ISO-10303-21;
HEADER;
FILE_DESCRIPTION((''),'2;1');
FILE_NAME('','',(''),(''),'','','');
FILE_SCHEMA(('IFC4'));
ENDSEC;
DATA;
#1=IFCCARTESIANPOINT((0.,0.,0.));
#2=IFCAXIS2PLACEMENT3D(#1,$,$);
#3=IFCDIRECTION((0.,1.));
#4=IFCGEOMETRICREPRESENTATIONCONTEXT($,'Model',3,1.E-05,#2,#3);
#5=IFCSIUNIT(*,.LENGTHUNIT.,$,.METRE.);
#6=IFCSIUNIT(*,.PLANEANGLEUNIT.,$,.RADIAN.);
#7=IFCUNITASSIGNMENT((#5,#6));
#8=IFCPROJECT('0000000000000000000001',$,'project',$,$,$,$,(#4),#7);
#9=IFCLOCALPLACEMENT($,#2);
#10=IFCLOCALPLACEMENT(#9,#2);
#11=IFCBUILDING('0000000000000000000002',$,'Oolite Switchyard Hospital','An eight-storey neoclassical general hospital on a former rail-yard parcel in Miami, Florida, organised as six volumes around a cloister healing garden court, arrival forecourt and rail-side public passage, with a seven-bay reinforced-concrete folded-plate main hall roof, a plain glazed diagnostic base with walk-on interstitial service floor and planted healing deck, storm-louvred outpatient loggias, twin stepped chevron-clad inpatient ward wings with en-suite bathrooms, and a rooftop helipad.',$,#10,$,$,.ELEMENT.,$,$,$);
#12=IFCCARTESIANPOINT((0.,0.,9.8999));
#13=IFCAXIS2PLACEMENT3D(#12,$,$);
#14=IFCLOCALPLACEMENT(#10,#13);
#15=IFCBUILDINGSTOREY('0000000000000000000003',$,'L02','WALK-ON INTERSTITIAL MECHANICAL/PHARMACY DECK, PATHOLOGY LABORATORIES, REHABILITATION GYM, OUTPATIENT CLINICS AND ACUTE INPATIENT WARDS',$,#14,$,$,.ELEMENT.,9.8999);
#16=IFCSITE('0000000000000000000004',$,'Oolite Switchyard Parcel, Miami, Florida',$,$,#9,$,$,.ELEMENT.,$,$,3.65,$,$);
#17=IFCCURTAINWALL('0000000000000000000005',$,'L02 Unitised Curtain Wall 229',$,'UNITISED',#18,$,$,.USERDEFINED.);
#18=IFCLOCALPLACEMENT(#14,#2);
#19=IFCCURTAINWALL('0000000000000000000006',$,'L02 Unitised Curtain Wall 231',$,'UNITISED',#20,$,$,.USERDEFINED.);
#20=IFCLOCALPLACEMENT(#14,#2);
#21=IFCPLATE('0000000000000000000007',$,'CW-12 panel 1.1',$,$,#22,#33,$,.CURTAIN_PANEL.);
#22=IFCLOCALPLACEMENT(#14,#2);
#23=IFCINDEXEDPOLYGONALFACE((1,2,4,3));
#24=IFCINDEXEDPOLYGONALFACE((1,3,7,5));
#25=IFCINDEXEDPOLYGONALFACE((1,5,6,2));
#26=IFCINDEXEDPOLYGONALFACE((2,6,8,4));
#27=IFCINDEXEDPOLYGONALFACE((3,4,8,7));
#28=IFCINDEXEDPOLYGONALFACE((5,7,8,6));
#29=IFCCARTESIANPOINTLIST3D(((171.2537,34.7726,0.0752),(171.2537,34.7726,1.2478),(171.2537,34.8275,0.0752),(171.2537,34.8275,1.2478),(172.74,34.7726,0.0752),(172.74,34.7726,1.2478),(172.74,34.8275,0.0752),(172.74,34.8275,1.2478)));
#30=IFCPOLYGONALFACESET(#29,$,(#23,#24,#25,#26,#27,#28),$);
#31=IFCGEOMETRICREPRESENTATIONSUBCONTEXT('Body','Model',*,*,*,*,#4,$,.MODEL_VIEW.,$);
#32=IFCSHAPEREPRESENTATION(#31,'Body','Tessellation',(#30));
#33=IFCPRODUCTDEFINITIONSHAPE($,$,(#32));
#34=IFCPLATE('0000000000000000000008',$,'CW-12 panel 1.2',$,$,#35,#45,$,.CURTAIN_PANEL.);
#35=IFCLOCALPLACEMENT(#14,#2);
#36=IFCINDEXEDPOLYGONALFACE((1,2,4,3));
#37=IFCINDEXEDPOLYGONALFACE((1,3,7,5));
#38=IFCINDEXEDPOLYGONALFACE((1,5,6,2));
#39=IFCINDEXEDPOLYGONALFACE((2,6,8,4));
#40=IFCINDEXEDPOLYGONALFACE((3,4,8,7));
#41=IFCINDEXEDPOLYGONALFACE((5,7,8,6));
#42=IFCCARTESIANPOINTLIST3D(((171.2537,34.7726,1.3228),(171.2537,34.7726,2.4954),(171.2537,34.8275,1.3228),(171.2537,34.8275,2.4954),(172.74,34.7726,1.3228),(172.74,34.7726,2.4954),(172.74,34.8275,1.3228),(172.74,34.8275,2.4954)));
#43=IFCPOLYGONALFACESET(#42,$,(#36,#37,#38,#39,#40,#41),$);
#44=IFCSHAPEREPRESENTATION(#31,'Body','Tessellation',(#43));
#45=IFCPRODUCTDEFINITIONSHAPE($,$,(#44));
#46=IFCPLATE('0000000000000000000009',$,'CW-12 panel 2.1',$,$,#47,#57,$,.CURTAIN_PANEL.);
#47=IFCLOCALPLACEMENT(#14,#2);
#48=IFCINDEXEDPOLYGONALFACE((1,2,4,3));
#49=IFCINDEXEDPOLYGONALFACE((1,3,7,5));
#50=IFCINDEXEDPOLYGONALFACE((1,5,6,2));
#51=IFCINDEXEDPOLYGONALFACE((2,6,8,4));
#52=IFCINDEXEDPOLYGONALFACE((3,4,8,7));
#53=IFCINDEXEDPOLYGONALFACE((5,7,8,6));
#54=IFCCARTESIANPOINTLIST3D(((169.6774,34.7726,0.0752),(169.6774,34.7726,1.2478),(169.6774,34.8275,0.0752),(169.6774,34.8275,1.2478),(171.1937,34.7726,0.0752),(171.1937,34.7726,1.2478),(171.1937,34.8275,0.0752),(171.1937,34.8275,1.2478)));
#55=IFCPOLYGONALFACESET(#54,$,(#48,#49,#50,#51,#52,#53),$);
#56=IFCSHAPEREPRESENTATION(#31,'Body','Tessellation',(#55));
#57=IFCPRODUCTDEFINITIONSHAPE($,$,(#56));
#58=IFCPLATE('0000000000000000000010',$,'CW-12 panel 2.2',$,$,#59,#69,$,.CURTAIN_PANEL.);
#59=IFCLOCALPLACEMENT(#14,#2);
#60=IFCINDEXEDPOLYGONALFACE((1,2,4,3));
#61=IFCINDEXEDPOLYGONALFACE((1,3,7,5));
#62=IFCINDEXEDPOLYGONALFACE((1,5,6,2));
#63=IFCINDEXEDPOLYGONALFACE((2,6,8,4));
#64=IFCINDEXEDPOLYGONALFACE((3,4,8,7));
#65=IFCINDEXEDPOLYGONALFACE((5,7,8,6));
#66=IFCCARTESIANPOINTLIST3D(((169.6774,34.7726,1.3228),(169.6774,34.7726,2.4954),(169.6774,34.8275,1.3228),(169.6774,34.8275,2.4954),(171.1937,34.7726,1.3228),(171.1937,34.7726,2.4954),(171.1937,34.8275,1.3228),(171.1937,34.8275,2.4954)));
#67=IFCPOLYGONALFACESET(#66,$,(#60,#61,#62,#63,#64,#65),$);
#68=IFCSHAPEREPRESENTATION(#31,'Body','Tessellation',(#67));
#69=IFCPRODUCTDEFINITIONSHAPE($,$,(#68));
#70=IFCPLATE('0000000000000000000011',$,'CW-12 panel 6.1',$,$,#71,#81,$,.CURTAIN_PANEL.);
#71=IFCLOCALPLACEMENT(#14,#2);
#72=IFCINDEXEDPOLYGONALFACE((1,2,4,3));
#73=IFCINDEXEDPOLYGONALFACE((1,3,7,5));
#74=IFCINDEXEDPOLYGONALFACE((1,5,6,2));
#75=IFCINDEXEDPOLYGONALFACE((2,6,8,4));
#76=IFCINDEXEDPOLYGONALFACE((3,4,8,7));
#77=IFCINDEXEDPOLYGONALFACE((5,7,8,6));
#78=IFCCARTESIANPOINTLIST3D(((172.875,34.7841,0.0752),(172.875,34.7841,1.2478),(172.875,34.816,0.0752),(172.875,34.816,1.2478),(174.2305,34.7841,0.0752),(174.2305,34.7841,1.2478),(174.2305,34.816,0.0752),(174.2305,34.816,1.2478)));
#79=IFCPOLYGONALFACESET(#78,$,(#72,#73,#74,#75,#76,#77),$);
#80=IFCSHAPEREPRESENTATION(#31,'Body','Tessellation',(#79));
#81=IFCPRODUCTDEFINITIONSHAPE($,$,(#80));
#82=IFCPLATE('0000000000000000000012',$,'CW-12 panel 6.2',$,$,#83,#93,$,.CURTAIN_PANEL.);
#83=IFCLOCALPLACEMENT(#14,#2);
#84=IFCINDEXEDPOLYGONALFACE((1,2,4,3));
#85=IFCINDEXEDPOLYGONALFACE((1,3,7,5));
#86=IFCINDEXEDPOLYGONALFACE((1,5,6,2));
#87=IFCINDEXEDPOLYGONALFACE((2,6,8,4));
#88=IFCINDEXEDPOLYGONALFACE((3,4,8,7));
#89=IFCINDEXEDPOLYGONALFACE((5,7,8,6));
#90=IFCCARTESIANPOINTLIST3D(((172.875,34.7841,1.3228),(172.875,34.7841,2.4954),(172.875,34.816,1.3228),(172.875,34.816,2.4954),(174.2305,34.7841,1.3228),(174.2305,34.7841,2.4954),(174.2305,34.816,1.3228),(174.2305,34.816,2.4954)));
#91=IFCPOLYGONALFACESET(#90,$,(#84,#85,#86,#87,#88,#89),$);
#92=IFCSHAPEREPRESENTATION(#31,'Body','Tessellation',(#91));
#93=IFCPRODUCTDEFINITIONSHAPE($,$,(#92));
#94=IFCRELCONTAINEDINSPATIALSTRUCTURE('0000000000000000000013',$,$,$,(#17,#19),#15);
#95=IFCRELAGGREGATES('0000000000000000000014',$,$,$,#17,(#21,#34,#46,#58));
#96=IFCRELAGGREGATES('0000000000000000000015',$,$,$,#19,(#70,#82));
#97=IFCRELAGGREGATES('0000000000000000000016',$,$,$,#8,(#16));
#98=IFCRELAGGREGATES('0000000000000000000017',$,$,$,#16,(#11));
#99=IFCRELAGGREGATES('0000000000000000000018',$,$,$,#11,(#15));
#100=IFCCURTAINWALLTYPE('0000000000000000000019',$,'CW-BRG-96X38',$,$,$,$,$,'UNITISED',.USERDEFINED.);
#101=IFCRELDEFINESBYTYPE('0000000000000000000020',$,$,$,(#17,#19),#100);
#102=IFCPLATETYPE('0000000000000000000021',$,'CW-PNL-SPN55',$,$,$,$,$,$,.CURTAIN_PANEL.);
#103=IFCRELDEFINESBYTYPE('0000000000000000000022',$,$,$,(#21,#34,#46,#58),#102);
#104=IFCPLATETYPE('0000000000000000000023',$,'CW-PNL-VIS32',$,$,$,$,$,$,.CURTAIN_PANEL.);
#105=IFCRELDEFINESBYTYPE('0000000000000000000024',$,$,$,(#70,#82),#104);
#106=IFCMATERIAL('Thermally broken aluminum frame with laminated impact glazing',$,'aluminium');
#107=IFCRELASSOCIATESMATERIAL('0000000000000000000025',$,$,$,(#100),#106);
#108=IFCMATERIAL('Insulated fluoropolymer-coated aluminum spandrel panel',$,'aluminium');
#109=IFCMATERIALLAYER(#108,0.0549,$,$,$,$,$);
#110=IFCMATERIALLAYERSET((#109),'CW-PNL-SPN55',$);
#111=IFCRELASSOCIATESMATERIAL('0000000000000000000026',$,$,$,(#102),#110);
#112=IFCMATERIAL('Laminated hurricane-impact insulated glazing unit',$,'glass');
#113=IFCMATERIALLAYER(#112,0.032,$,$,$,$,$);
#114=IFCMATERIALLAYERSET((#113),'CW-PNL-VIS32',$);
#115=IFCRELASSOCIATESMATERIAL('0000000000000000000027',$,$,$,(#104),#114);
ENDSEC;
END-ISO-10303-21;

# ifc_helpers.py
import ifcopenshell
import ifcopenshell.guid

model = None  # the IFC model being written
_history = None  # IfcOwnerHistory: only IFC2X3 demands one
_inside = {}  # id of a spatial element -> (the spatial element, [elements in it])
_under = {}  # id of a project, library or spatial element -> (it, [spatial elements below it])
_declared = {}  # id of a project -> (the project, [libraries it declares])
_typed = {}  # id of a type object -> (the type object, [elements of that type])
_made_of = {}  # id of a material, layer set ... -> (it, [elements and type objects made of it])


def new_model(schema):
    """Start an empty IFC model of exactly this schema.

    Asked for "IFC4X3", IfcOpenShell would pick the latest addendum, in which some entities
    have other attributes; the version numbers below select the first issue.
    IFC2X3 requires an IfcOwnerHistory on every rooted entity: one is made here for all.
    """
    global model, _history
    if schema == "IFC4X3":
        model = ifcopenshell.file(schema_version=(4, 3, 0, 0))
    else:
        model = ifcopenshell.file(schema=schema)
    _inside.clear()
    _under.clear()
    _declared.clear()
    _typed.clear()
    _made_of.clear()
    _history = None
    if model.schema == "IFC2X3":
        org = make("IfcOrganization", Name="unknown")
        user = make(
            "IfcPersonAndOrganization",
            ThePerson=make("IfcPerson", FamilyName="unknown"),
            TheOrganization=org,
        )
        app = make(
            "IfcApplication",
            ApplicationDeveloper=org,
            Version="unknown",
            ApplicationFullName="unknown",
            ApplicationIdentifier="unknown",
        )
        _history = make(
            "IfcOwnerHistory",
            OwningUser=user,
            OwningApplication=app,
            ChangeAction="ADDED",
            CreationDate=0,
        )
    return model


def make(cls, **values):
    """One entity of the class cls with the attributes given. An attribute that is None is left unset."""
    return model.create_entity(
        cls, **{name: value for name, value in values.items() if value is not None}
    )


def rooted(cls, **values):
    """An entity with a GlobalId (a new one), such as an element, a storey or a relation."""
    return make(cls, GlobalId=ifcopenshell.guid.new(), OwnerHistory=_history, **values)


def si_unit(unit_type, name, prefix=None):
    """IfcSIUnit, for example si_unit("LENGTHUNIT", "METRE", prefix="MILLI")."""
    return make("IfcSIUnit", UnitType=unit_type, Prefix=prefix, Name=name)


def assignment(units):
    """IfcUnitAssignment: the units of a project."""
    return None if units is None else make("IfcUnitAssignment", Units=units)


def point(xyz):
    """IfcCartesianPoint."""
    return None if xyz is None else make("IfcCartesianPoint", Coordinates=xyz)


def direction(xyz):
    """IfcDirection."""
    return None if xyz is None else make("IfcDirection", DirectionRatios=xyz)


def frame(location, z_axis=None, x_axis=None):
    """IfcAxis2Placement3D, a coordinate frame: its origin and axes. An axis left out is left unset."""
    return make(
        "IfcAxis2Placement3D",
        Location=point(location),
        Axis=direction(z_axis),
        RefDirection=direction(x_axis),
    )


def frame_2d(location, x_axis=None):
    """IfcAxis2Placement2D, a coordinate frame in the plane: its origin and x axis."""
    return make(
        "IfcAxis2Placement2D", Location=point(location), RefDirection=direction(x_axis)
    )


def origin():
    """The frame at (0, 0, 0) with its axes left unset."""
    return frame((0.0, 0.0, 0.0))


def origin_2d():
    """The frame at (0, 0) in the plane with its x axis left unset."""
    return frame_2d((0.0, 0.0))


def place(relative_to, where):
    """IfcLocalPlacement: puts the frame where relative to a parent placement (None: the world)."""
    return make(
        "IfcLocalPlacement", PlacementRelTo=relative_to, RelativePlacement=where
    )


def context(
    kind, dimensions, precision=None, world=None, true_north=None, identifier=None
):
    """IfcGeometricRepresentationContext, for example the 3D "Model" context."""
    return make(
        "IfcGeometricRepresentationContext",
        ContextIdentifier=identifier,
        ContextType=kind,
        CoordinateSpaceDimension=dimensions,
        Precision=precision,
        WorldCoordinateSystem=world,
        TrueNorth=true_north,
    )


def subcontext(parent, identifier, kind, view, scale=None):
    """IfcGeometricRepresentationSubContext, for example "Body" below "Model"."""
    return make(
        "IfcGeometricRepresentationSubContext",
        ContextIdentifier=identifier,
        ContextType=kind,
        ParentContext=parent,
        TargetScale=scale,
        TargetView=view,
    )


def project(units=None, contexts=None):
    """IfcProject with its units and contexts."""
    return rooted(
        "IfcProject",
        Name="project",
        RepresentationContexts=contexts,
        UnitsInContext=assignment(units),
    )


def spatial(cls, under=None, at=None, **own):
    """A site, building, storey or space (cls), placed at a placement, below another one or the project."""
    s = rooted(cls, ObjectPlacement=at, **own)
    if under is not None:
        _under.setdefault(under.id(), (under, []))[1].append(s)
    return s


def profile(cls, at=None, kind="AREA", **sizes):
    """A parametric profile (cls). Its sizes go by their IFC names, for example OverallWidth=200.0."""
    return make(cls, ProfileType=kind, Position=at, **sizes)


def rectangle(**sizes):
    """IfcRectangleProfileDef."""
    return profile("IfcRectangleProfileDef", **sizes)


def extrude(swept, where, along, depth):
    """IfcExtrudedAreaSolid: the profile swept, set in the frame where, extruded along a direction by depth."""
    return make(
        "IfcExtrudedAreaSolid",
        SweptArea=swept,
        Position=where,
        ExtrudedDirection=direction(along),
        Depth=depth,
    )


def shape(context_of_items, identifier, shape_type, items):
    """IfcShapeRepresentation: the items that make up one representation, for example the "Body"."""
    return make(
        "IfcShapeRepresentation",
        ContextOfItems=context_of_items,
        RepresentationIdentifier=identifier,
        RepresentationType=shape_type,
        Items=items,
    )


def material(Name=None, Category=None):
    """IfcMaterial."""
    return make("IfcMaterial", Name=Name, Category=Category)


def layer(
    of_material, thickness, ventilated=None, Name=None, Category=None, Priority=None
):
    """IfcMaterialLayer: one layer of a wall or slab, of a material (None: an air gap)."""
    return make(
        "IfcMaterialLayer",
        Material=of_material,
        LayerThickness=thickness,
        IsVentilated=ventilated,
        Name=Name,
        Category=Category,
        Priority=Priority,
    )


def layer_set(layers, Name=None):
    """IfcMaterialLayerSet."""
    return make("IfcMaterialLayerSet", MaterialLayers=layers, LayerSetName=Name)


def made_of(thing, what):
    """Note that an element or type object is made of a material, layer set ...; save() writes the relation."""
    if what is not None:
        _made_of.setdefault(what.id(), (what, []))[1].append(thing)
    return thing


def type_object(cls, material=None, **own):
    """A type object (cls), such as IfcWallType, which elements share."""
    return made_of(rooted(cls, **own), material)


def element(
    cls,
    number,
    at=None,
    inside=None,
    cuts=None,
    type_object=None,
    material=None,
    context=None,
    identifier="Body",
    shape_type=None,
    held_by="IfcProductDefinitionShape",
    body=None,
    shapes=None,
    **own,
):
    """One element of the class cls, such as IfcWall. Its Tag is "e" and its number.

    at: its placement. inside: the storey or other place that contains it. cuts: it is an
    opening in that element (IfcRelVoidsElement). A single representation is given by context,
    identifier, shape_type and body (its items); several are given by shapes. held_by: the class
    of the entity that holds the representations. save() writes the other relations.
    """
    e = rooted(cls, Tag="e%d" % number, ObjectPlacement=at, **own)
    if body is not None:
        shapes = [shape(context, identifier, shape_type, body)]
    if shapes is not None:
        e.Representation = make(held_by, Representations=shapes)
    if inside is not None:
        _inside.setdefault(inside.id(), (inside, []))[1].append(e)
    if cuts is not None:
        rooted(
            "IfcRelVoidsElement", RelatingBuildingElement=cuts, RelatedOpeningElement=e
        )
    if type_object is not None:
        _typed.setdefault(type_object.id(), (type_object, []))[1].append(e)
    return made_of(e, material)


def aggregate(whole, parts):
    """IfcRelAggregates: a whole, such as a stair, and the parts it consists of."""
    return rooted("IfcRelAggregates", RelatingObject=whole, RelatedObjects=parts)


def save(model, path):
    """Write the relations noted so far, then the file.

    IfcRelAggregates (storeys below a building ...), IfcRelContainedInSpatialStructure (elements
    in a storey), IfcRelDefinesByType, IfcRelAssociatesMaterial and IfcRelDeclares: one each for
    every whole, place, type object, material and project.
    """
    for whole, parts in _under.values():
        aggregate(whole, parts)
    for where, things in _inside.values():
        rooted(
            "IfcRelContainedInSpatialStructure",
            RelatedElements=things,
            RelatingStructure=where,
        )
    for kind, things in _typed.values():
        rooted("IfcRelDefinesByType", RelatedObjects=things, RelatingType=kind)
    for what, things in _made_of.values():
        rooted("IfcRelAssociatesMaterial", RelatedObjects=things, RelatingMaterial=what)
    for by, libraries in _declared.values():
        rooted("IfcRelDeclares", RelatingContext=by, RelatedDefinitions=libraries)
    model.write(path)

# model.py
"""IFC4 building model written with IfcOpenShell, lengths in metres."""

from ifc_helpers import new_model, si_unit, direction, frame, origin, origin_2d, place, context, subcontext, project, spatial, rectangle, extrude, material, layer, layer_set, type_object, element, aggregate, save


model = new_model("IFC4")

# Units and contexts
model_context = context("Model", 3, precision=1e-05, world=origin(), true_north=direction((0.0, 1.0)))
body_context = subcontext(model_context, "Body", "Model", "MODEL_VIEW")
ifc_project = project(units=[si_unit("LENGTHUNIT", "METRE"), si_unit("PLANEANGLEUNIT", "RADIAN")], contexts=[model_context])

# Site, building, storey
site_placement = place(None, origin())
site = spatial("IfcSite", under=ifc_project, at=site_placement, Name="Oolite Switchyard Parcel, Miami, Florida", CompositionType="ELEMENT", RefElevation=3.65)
building_placement = place(site_placement, origin())
building = spatial("IfcBuilding", under=site, at=building_placement, Name="Oolite Switchyard Hospital", Description="An eight-storey neoclassical general hospital on a former rail-yard parcel in Miami, Florida, organised as six volumes around a cloister healing garden court, arrival forecourt and rail-side public passage, with a seven-bay reinforced-concrete folded-plate main hall roof, a plain glazed diagnostic base with walk-on interstitial service floor and planted healing deck, storm-louvred outpatient loggias, twin stepped chevron-clad inpatient ward wings with en-suite bathrooms, and a rooftop helipad.", CompositionType="ELEMENT")
storey_placement = place(building_placement, frame((0.0, 0.0, 9.8999)))
storey = spatial("IfcBuildingStorey", under=building, at=storey_placement, Name="L02", Description="WALK-ON INTERSTITIAL MECHANICAL/PHARMACY DECK, PATHOLOGY LABORATORIES, REHABILITATION GYM, OUTPATIENT CLINICS AND ACUTE INPATIENT WARDS", CompositionType="ELEMENT", Elevation=9.8999)

# Curtain wall
ifc_material_1 = material(Name="Thermally broken aluminum frame with laminated impact glazing", Category="aluminium")
curtain_wall_type = type_object("IfcCurtainWallType", Name="CW-BRG-96X38", ElementType="UNITISED", PredefinedType="USERDEFINED", material=ifc_material_1)
curtain_wall_1_placement = place(storey_placement, origin())
curtain_wall_1 = element("IfcCurtainWall", 1, at=curtain_wall_1_placement, inside=storey, type_object=curtain_wall_type, Name="L02 Unitised Curtain Wall 229", ObjectType="UNITISED", PredefinedType="USERDEFINED")

# Curtain wall
curtain_wall_2_placement = place(storey_placement, origin())
curtain_wall_2 = element("IfcCurtainWall", 2, at=curtain_wall_2_placement, inside=storey, type_object=curtain_wall_type, Name="L02 Unitised Curtain Wall 231", ObjectType="UNITISED", PredefinedType="USERDEFINED")

# Plates
ifc_material_2 = material(Name="Insulated fluoropolymer-coated aluminum spandrel panel", Category="aluminium")
ifc_layer_1 = layer(ifc_material_2, 0.0549)
ifc_layer_set_1 = layer_set([ifc_layer_1], Name="CW-PNL-SPN55")
plate_type_1 = type_object("IfcPlateType", Name="CW-PNL-SPN55", PredefinedType="CURTAIN_PANEL", material=ifc_layer_set_1)
plate_1_placement = place(storey_placement, frame((171.9968, 34.8, 0.0752), z_axis=(0.0, 0.0, 1.0), x_axis=(-1.0, 0.0, 0.0)))
plate_1 = element("IfcPlate", 3, at=plate_1_placement, type_object=plate_type_1, Name="CW-12 panel 1.1", PredefinedType="CURTAIN_PANEL", context=body_context, shape_type="SweptSolid", body=[
    extrude(rectangle(XDim=1.4863, YDim=0.0549, at=origin_2d()), origin(), (0.0, 0.0, 1.0), 1.1726),
])
plate_2_placement = place(storey_placement, frame((171.9968, 34.8, 1.3228), z_axis=(0.0, 0.0, 1.0), x_axis=(-1.0, 0.0, 0.0)))
plate_2 = element("IfcPlate", 4, at=plate_2_placement, type_object=plate_type_1, Name="CW-12 panel 1.2", PredefinedType="CURTAIN_PANEL", context=body_context, shape_type="SweptSolid", body=[
    extrude(rectangle(XDim=1.4863, YDim=0.0549, at=origin_2d()), origin(), (0.0, 0.0, 1.0), 1.1726),
])
plate_3_placement = place(storey_placement, frame((170.4355, 34.8, 0.0752), z_axis=(0.0, 0.0, 1.0), x_axis=(-1.0, 0.0, 0.0)))
plate_3 = element("IfcPlate", 5, at=plate_3_placement, type_object=plate_type_1, Name="CW-12 panel 2.1", PredefinedType="CURTAIN_PANEL", context=body_context, shape_type="SweptSolid", body=[
    extrude(rectangle(XDim=1.5164, YDim=0.0549, at=origin_2d()), origin(), (0.0, 0.0, 1.0), 1.1726),
])
plate_4_placement = place(storey_placement, frame((170.4355, 34.8, 1.3228), z_axis=(0.0, 0.0, 1.0), x_axis=(-1.0, 0.0, 0.0)))
plate_4 = element("IfcPlate", 6, at=plate_4_placement, type_object=plate_type_1, Name="CW-12 panel 2.2", PredefinedType="CURTAIN_PANEL", context=body_context, shape_type="SweptSolid", body=[
    extrude(rectangle(XDim=1.5164, YDim=0.0549, at=origin_2d()), origin(), (0.0, 0.0, 1.0), 1.1726),
])
aggregate(curtain_wall_1, [plate_1, plate_2, plate_3, plate_4])
ifc_material_3 = material(Name="Laminated hurricane-impact insulated glazing unit", Category="glass")
ifc_layer_2 = layer(ifc_material_3, 0.032)
ifc_layer_set_2 = layer_set([ifc_layer_2], Name="CW-PNL-VIS32")
plate_type_2 = type_object("IfcPlateType", Name="CW-PNL-VIS32", PredefinedType="CURTAIN_PANEL", material=ifc_layer_set_2)
plate_5_placement = place(storey_placement, frame((173.5527, 34.8, 0.0752), z_axis=(0.0, 0.0, 1.0), x_axis=(-1.0, 0.0, 0.0)))
plate_5 = element("IfcPlate", 7, at=plate_5_placement, type_object=plate_type_2, Name="CW-12 panel 6.1", PredefinedType="CURTAIN_PANEL", context=body_context, shape_type="SweptSolid", body=[
    extrude(rectangle(XDim=1.3555, YDim=0.032, at=origin_2d()), origin(), (0.0, 0.0, 1.0), 1.1726),
])
plate_6_placement = place(storey_placement, frame((173.5527, 34.8, 1.3228), z_axis=(0.0, 0.0, 1.0), x_axis=(-1.0, 0.0, 0.0)))
plate_6 = element("IfcPlate", 8, at=plate_6_placement, type_object=plate_type_2, Name="CW-12 panel 6.2", PredefinedType="CURTAIN_PANEL", context=body_context, shape_type="SweptSolid", body=[
    extrude(rectangle(XDim=1.3555, YDim=0.032, at=origin_2d()), origin(), (0.0, 0.0, 1.0), 1.1726),
])
aggregate(curtain_wall_2, [plate_5, plate_6])

save(model, "model.ifc")
